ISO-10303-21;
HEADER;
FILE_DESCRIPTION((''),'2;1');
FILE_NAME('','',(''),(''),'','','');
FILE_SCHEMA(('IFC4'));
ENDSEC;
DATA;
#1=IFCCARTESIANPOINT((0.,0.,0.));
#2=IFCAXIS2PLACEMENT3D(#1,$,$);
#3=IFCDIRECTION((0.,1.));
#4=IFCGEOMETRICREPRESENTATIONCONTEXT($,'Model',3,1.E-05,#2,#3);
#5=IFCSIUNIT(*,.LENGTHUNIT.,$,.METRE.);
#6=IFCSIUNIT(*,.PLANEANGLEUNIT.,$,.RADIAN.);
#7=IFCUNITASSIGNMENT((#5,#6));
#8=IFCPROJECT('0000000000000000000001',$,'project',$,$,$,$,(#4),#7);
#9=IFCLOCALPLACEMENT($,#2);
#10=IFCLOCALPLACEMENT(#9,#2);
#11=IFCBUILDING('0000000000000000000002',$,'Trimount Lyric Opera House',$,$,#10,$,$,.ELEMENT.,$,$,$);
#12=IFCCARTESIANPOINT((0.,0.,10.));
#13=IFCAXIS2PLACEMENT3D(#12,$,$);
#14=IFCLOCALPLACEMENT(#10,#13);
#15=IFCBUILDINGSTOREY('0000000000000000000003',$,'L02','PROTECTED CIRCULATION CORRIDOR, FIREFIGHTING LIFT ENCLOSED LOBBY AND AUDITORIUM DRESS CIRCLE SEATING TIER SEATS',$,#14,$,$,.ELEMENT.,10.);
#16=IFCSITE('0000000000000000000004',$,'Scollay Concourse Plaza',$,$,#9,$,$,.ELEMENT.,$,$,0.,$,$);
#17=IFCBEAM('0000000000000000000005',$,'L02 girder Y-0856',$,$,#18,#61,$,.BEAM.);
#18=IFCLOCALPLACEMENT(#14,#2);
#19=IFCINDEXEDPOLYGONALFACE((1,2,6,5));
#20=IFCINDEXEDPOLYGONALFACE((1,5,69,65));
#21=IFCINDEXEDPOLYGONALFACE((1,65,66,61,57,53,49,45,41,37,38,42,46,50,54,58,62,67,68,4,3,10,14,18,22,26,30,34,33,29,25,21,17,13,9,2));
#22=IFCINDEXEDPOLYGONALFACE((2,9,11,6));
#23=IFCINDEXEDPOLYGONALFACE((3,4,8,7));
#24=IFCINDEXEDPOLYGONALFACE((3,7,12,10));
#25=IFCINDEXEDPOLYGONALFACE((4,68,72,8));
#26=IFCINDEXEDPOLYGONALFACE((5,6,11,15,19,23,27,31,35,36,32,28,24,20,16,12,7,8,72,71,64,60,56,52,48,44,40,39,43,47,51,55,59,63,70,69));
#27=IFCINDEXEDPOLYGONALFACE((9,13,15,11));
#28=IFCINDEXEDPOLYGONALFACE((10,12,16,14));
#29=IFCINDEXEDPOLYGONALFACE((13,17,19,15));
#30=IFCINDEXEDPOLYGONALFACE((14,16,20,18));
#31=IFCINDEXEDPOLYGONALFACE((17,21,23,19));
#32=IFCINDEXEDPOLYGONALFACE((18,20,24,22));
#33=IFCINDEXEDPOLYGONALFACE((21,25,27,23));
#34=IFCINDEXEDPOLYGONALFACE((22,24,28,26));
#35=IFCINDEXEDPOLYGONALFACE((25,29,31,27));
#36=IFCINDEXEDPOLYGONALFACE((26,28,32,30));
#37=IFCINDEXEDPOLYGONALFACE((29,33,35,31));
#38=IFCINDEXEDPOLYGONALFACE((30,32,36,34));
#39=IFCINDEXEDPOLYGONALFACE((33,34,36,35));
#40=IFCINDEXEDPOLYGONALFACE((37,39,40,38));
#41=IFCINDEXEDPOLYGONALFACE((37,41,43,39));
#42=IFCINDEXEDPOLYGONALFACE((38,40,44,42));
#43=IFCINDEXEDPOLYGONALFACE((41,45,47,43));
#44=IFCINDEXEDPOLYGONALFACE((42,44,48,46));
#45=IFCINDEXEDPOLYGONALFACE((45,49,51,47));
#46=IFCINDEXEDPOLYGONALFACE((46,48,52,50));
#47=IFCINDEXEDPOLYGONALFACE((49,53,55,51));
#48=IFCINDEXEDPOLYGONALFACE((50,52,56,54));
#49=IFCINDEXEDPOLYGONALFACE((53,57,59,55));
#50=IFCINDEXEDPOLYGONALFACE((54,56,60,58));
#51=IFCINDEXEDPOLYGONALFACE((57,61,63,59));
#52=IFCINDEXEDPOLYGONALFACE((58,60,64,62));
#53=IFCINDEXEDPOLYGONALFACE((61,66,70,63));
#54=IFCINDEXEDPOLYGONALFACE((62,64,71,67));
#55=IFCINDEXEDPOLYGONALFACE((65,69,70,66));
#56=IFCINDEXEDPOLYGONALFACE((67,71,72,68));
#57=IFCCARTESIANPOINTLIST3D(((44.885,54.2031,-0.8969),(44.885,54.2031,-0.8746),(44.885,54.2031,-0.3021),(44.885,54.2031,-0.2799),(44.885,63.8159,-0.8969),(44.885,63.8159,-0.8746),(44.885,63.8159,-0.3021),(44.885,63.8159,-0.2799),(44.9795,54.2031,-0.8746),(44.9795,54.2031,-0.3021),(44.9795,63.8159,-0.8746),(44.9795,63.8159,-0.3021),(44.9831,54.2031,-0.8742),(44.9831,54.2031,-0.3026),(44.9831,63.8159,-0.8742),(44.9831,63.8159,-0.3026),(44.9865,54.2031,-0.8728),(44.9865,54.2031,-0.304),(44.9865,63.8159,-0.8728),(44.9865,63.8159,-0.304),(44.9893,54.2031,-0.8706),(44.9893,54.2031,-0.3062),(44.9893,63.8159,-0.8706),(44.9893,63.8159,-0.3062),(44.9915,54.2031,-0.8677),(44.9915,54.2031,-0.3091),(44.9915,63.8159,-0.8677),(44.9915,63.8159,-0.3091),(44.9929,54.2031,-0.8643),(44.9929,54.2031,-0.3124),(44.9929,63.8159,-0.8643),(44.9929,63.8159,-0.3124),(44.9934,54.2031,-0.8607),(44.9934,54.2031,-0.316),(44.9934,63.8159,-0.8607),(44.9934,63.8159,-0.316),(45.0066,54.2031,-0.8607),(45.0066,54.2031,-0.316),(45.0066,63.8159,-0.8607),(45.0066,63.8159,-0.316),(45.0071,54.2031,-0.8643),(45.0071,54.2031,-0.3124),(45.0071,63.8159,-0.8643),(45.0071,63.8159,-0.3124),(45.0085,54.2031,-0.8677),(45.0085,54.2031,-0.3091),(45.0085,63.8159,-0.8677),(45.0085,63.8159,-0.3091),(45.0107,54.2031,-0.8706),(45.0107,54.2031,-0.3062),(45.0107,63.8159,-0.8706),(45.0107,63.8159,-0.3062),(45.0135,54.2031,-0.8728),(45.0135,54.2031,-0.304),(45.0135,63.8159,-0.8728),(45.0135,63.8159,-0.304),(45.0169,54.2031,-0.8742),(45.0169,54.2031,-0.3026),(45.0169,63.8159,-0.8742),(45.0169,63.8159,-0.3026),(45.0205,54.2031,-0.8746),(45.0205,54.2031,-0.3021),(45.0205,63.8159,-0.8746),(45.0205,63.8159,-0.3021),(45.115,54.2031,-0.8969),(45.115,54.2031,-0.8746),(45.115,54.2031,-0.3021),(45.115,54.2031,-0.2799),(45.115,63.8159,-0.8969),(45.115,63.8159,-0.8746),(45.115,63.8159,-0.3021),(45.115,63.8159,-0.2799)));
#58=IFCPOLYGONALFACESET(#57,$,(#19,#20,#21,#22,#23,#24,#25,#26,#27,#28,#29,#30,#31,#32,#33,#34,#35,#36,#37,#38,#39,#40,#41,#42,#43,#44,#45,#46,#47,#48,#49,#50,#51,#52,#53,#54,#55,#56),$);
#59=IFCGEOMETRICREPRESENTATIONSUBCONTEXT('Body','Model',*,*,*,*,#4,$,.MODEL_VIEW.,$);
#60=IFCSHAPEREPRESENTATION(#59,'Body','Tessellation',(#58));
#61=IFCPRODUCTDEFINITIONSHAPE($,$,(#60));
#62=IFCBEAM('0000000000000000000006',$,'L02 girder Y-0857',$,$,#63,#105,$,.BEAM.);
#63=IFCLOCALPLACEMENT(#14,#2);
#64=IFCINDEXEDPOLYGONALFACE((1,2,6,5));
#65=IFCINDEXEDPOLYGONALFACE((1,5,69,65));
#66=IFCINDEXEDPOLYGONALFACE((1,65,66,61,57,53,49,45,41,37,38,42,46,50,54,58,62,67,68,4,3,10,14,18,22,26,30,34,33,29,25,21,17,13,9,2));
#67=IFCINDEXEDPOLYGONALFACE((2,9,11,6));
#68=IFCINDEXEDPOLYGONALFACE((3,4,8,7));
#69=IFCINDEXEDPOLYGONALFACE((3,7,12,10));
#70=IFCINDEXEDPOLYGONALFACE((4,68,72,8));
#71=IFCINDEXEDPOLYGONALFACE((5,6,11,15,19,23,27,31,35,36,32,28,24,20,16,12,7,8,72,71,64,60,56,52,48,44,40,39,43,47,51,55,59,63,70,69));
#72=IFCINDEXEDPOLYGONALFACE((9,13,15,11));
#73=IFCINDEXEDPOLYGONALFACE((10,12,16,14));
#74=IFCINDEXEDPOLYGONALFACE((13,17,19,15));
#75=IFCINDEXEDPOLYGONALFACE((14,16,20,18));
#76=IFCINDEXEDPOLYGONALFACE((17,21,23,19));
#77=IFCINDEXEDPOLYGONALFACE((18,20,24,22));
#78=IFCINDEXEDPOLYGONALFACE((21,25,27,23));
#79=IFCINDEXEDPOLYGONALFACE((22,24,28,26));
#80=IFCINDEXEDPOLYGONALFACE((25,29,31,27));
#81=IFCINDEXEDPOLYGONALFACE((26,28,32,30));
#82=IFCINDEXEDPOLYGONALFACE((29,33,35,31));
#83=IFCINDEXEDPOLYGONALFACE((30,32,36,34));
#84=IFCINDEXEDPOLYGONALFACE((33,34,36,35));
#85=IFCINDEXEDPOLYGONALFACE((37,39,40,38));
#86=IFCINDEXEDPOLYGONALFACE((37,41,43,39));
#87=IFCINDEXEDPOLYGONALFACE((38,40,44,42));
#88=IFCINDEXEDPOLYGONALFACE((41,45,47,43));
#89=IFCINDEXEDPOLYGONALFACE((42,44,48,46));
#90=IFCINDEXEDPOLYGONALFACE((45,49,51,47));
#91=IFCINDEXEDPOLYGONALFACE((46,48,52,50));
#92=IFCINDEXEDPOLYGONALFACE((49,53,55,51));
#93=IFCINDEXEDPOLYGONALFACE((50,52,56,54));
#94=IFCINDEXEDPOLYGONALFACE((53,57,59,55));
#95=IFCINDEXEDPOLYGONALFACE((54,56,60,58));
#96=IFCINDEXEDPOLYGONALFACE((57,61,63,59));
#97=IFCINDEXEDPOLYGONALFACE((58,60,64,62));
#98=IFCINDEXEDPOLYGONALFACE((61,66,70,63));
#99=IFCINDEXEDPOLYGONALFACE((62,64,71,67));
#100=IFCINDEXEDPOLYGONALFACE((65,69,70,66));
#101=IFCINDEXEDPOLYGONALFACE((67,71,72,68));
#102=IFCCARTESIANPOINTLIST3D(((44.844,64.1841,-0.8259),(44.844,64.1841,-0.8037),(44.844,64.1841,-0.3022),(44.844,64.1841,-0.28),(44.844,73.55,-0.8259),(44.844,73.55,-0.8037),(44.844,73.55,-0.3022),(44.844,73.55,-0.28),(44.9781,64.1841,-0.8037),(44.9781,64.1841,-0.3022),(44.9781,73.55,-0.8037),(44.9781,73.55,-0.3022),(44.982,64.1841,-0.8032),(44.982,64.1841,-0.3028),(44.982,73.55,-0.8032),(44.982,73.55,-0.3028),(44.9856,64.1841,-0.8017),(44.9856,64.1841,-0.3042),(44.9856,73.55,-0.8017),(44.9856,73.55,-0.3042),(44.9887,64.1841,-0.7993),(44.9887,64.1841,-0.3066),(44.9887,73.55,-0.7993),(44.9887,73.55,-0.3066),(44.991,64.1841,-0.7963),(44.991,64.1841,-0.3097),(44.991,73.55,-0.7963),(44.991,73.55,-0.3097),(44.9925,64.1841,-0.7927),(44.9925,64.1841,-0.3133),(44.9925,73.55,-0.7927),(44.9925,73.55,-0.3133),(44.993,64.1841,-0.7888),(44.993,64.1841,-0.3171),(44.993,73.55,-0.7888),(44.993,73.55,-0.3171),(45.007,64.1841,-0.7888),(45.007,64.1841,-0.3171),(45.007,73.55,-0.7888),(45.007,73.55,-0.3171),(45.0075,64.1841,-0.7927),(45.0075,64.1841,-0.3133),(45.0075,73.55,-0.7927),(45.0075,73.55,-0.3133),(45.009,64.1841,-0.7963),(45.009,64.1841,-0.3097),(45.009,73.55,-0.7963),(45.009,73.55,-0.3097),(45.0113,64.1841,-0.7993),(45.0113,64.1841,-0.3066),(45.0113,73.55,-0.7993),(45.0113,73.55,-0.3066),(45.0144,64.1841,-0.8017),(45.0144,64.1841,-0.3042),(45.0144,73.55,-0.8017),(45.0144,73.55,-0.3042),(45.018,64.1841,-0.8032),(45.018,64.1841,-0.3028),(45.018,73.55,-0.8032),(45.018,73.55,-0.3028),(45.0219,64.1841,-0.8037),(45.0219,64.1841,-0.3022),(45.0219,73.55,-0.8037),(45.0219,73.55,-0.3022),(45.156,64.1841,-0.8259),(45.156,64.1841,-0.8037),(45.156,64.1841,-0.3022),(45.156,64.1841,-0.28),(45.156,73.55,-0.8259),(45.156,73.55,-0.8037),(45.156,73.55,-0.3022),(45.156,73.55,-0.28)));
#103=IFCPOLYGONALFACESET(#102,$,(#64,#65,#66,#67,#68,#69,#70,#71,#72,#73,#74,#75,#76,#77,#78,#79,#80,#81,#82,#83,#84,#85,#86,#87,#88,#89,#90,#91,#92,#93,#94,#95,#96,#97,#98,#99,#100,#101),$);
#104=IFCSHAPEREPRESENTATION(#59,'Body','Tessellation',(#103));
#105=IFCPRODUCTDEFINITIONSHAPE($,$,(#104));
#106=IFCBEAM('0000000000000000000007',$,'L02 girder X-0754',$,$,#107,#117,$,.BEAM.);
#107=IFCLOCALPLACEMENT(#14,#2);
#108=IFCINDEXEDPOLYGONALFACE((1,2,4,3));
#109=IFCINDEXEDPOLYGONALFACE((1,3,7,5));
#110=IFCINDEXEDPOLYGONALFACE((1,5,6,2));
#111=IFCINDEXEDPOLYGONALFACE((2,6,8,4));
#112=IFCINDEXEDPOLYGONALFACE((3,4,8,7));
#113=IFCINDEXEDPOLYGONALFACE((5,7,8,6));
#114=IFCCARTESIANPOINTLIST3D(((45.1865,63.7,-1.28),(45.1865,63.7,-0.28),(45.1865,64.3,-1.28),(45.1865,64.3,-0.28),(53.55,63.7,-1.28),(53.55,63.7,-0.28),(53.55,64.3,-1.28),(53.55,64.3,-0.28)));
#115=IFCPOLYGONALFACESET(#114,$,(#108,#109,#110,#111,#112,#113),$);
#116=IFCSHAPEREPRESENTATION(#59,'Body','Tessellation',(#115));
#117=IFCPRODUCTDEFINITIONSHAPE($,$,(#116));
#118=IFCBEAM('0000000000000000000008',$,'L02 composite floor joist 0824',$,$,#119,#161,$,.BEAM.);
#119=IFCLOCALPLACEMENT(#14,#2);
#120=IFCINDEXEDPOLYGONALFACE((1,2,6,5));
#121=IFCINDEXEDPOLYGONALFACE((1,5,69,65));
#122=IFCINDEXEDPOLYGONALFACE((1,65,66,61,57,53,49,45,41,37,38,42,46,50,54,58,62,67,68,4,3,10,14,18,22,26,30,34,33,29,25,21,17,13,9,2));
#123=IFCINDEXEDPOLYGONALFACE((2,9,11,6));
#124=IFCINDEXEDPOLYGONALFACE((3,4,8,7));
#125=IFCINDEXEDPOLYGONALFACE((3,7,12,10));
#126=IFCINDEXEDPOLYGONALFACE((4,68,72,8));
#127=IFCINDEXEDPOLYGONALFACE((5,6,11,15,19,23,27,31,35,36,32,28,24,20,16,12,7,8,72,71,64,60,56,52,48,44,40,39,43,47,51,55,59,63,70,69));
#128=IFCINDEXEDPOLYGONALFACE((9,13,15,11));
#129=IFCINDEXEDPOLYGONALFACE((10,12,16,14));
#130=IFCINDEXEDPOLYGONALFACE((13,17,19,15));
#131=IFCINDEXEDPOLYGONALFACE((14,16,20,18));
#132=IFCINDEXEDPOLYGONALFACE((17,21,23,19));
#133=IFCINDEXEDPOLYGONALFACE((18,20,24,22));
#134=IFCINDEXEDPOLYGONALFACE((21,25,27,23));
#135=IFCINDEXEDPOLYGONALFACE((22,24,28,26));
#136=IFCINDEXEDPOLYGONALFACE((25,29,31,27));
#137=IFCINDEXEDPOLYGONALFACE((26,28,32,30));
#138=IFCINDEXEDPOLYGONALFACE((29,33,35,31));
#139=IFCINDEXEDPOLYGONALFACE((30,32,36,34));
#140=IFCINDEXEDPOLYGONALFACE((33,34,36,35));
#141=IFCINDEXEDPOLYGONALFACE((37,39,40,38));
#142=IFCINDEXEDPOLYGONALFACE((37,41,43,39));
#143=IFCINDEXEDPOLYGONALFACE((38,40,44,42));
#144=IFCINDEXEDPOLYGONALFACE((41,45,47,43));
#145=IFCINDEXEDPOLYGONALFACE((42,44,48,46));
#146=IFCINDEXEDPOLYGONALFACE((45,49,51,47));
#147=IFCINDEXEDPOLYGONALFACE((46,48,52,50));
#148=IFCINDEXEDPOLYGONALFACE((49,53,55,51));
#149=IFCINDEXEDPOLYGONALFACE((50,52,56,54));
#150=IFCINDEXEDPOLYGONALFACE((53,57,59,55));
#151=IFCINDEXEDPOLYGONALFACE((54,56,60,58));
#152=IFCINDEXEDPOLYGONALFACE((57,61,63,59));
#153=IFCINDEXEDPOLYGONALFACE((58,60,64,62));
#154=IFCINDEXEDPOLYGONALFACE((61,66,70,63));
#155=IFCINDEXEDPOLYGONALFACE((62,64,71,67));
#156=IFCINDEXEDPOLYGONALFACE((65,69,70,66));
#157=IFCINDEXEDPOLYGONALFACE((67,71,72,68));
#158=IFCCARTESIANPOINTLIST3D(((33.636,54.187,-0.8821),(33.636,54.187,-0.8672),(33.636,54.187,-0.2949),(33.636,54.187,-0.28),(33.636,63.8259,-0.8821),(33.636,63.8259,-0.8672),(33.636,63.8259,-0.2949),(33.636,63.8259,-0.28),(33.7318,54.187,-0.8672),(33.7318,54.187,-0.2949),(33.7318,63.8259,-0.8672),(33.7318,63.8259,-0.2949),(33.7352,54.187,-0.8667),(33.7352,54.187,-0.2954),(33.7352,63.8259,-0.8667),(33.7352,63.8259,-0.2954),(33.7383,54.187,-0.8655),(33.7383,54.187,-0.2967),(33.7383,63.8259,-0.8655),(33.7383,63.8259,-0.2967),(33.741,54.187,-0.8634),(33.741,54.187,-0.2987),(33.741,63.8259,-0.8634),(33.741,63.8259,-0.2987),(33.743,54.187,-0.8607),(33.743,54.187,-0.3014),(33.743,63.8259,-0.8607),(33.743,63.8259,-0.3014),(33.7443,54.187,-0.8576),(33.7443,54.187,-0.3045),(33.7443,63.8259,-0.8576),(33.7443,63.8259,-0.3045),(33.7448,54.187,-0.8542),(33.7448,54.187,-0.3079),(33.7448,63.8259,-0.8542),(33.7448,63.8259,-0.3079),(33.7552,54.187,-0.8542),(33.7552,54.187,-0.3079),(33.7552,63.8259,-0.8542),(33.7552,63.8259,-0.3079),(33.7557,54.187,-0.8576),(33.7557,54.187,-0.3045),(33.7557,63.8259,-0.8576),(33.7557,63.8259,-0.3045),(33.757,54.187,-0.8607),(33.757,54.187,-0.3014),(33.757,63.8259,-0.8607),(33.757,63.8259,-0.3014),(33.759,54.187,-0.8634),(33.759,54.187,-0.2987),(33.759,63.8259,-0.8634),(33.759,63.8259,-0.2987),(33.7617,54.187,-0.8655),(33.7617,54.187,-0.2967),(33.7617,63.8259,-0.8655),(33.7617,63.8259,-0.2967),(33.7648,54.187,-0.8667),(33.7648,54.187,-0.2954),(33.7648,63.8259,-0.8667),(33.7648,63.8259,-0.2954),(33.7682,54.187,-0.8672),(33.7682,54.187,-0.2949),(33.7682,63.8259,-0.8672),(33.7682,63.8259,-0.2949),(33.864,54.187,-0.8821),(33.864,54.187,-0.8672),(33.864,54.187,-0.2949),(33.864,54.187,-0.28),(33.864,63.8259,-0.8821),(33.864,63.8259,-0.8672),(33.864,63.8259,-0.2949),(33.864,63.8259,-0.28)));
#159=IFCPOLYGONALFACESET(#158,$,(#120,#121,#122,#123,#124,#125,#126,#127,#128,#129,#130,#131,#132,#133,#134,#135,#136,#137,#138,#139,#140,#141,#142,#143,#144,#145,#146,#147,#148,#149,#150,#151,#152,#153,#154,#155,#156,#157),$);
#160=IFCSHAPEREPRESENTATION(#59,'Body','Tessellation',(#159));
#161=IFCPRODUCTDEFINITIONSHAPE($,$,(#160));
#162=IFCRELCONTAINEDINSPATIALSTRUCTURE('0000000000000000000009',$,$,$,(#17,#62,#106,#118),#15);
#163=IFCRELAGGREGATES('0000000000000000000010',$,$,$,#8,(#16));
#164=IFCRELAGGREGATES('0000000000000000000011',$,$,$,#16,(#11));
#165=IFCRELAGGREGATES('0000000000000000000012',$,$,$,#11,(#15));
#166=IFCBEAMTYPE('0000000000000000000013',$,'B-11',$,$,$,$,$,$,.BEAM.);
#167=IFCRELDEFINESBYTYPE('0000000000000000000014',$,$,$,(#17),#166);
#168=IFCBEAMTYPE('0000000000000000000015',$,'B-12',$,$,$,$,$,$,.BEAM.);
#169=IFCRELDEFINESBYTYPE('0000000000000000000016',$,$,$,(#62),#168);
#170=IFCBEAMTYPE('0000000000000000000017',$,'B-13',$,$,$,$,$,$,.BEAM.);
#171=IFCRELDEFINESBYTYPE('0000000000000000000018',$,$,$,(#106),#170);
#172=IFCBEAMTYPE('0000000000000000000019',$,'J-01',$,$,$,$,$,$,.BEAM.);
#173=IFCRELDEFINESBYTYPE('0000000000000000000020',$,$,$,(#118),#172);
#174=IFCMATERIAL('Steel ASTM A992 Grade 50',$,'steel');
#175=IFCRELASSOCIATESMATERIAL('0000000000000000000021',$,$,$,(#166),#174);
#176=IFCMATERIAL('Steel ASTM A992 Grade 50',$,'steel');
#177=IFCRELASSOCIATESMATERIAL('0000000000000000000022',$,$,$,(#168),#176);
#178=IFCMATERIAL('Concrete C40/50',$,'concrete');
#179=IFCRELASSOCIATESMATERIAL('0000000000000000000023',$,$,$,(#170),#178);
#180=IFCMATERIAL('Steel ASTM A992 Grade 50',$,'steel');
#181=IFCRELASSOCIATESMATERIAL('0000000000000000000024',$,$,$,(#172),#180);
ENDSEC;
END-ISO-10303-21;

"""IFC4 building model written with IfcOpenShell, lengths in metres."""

from ifc_helpers import new_model, si_unit, direction, frame, origin, origin_2d, place, context, subcontext, project, spatial, rectangle, i_section, extrude, material, material_profile, profile_set, type_object, element, save


model = new_model("IFC4")

# Units and contexts
model_context = context("Model", 3, precision=1e-05, world=origin(), true_north=direction((0.0, 1.0)))
body_context = subcontext(model_context, "Body", "Model", "MODEL_VIEW")
ifc_project = project(units=[si_unit("LENGTHUNIT", "METRE"), si_unit("PLANEANGLEUNIT", "RADIAN")], contexts=[model_context])

# Site, building, storey
site_placement = place(None, origin())
site = spatial("IfcSite", under=ifc_project, at=site_placement, Name="Scollay Concourse Plaza", CompositionType="ELEMENT", RefElevation=0.0)
building_placement = place(site_placement, origin())
building = spatial("IfcBuilding", under=site, at=building_placement, Name="Trimount Lyric Opera House", CompositionType="ELEMENT")
storey_placement = place(building_placement, frame((0.0, 0.0, 10.0)))
storey = spatial("IfcBuildingStorey", under=building, at=storey_placement, Name="L02", Description="PROTECTED CIRCULATION CORRIDOR, FIREFIGHTING LIFT ENCLOSED LOBBY AND AUDITORIUM DRESS CIRCLE SEATING TIER SEATS", CompositionType="ELEMENT", Elevation=10.0)

# Beams
ifc_material_1 = material(Name="Steel ASTM A992 Grade 50", Category="steel")
ifc_material_profile_1 = material_profile(ifc_material_1, i_section(OverallWidth=0.23, OverallDepth=0.6169, WebThickness=0.0132, FlangeThickness=0.0222, FilletRadius=0.0139, at=origin_2d()), Name="W24X94")
ifc_profile_set_1 = profile_set([ifc_material_profile_1], Name="Steel ASTM A992 Grade 50")
beam_type_1 = type_object("IfcBeamType", Name="B-11", PredefinedType="BEAM", material=ifc_profile_set_1)
beam_1_placement = place(storey_placement, frame((45.0, 54.2031, -0.5884), z_axis=(0.0, 1.0, 0.0), x_axis=(-1.0, 0.0, 0.0)))
element("IfcBeam", 1, at=beam_1_placement, inside=storey, type_object=beam_type_1, Name="L02 girder Y-0856", PredefinedType="BEAM", context=body_context, shape_type="SweptSolid", body=[
    extrude(i_section(OverallWidth=0.23, OverallDepth=0.6169, WebThickness=0.0132, FlangeThickness=0.0222, FilletRadius=0.0139, at=origin_2d()), origin(), (0.0, 0.0, 1.0), 9.6128),
])
ifc_material_2 = material(Name="Steel ASTM A992 Grade 50", Category="steel")
ifc_material_profile_2 = material_profile(ifc_material_2, i_section(OverallWidth=0.312, OverallDepth=0.5459, WebThickness=0.0139, FlangeThickness=0.0222, FilletRadius=0.0149, at=origin_2d()), Name="W21X111")
ifc_profile_set_2 = profile_set([ifc_material_profile_2], Name="Steel ASTM A992 Grade 50")
beam_type_2 = type_object("IfcBeamType", Name="B-12", PredefinedType="BEAM", material=ifc_profile_set_2)
beam_2_placement = place(storey_placement, frame((45.0, 64.1841, -0.553), z_axis=(0.0, 1.0, 0.0), x_axis=(-1.0, 0.0, 0.0)))
element("IfcBeam", 2, at=beam_2_placement, inside=storey, type_object=beam_type_2, Name="L02 girder Y-0857", PredefinedType="BEAM", context=body_context, shape_type="SweptSolid", body=[
    extrude(i_section(OverallWidth=0.312, OverallDepth=0.5459, WebThickness=0.0139, FlangeThickness=0.0222, FilletRadius=0.0149, at=origin_2d()), origin(), (0.0, 0.0, 1.0), 9.366),
])
ifc_material_3 = material(Name="Concrete C40/50", Category="concrete")
ifc_material_profile_3 = material_profile(ifc_material_3, rectangle(XDim=0.6001, YDim=1.0, at=origin_2d()), Name="RC600X1000")
ifc_profile_set_3 = profile_set([ifc_material_profile_3], Name="Concrete C40/50")
beam_type_3 = type_object("IfcBeamType", Name="B-13", PredefinedType="BEAM", material=ifc_profile_set_3)
beam_3_placement = place(storey_placement, frame((45.1865, 64.0, -0.78), z_axis=(1.0, 0.0, 0.0), x_axis=(0.0, 1.0, 0.0)))
element("IfcBeam", 3, at=beam_3_placement, inside=storey, type_object=beam_type_3, Name="L02 girder X-0754", PredefinedType="BEAM", context=body_context, shape_type="SweptSolid", body=[
    extrude(rectangle(XDim=0.6001, YDim=1.0, at=origin_2d()), origin(), (0.0, 0.0, 1.0), 8.3635),
])
ifc_material_4 = material(Name="Steel ASTM A992 Grade 50", Category="steel")
ifc_material_profile_4 = material_profile(ifc_material_4, i_section(OverallWidth=0.228, OverallDepth=0.6021, WebThickness=0.0105, FlangeThickness=0.0149, FilletRadius=0.0129, at=origin_2d()), Name="W24X68")
ifc_profile_set_4 = profile_set([ifc_material_profile_4], Name="Steel ASTM A992 Grade 50")
beam_type_4 = type_object("IfcBeamType", Name="J-01", PredefinedType="BEAM", material=ifc_profile_set_4)
beam_4_placement = place(storey_placement, frame((33.75, 54.187, -0.5811), z_axis=(0.0, 1.0, 0.0), x_axis=(-1.0, 0.0, 0.0)))
element("IfcBeam", 4, at=beam_4_placement, inside=storey, type_object=beam_type_4, Name="L02 composite floor joist 0824", PredefinedType="BEAM", context=body_context, shape_type="SweptSolid", body=[
    extrude(i_section(OverallWidth=0.228, OverallDepth=0.6021, WebThickness=0.0105, FlangeThickness=0.0149, FilletRadius=0.0129, at=origin_2d()), origin(), (0.0, 0.0, 1.0), 9.6389),
])

save(model, "model.ifc")
